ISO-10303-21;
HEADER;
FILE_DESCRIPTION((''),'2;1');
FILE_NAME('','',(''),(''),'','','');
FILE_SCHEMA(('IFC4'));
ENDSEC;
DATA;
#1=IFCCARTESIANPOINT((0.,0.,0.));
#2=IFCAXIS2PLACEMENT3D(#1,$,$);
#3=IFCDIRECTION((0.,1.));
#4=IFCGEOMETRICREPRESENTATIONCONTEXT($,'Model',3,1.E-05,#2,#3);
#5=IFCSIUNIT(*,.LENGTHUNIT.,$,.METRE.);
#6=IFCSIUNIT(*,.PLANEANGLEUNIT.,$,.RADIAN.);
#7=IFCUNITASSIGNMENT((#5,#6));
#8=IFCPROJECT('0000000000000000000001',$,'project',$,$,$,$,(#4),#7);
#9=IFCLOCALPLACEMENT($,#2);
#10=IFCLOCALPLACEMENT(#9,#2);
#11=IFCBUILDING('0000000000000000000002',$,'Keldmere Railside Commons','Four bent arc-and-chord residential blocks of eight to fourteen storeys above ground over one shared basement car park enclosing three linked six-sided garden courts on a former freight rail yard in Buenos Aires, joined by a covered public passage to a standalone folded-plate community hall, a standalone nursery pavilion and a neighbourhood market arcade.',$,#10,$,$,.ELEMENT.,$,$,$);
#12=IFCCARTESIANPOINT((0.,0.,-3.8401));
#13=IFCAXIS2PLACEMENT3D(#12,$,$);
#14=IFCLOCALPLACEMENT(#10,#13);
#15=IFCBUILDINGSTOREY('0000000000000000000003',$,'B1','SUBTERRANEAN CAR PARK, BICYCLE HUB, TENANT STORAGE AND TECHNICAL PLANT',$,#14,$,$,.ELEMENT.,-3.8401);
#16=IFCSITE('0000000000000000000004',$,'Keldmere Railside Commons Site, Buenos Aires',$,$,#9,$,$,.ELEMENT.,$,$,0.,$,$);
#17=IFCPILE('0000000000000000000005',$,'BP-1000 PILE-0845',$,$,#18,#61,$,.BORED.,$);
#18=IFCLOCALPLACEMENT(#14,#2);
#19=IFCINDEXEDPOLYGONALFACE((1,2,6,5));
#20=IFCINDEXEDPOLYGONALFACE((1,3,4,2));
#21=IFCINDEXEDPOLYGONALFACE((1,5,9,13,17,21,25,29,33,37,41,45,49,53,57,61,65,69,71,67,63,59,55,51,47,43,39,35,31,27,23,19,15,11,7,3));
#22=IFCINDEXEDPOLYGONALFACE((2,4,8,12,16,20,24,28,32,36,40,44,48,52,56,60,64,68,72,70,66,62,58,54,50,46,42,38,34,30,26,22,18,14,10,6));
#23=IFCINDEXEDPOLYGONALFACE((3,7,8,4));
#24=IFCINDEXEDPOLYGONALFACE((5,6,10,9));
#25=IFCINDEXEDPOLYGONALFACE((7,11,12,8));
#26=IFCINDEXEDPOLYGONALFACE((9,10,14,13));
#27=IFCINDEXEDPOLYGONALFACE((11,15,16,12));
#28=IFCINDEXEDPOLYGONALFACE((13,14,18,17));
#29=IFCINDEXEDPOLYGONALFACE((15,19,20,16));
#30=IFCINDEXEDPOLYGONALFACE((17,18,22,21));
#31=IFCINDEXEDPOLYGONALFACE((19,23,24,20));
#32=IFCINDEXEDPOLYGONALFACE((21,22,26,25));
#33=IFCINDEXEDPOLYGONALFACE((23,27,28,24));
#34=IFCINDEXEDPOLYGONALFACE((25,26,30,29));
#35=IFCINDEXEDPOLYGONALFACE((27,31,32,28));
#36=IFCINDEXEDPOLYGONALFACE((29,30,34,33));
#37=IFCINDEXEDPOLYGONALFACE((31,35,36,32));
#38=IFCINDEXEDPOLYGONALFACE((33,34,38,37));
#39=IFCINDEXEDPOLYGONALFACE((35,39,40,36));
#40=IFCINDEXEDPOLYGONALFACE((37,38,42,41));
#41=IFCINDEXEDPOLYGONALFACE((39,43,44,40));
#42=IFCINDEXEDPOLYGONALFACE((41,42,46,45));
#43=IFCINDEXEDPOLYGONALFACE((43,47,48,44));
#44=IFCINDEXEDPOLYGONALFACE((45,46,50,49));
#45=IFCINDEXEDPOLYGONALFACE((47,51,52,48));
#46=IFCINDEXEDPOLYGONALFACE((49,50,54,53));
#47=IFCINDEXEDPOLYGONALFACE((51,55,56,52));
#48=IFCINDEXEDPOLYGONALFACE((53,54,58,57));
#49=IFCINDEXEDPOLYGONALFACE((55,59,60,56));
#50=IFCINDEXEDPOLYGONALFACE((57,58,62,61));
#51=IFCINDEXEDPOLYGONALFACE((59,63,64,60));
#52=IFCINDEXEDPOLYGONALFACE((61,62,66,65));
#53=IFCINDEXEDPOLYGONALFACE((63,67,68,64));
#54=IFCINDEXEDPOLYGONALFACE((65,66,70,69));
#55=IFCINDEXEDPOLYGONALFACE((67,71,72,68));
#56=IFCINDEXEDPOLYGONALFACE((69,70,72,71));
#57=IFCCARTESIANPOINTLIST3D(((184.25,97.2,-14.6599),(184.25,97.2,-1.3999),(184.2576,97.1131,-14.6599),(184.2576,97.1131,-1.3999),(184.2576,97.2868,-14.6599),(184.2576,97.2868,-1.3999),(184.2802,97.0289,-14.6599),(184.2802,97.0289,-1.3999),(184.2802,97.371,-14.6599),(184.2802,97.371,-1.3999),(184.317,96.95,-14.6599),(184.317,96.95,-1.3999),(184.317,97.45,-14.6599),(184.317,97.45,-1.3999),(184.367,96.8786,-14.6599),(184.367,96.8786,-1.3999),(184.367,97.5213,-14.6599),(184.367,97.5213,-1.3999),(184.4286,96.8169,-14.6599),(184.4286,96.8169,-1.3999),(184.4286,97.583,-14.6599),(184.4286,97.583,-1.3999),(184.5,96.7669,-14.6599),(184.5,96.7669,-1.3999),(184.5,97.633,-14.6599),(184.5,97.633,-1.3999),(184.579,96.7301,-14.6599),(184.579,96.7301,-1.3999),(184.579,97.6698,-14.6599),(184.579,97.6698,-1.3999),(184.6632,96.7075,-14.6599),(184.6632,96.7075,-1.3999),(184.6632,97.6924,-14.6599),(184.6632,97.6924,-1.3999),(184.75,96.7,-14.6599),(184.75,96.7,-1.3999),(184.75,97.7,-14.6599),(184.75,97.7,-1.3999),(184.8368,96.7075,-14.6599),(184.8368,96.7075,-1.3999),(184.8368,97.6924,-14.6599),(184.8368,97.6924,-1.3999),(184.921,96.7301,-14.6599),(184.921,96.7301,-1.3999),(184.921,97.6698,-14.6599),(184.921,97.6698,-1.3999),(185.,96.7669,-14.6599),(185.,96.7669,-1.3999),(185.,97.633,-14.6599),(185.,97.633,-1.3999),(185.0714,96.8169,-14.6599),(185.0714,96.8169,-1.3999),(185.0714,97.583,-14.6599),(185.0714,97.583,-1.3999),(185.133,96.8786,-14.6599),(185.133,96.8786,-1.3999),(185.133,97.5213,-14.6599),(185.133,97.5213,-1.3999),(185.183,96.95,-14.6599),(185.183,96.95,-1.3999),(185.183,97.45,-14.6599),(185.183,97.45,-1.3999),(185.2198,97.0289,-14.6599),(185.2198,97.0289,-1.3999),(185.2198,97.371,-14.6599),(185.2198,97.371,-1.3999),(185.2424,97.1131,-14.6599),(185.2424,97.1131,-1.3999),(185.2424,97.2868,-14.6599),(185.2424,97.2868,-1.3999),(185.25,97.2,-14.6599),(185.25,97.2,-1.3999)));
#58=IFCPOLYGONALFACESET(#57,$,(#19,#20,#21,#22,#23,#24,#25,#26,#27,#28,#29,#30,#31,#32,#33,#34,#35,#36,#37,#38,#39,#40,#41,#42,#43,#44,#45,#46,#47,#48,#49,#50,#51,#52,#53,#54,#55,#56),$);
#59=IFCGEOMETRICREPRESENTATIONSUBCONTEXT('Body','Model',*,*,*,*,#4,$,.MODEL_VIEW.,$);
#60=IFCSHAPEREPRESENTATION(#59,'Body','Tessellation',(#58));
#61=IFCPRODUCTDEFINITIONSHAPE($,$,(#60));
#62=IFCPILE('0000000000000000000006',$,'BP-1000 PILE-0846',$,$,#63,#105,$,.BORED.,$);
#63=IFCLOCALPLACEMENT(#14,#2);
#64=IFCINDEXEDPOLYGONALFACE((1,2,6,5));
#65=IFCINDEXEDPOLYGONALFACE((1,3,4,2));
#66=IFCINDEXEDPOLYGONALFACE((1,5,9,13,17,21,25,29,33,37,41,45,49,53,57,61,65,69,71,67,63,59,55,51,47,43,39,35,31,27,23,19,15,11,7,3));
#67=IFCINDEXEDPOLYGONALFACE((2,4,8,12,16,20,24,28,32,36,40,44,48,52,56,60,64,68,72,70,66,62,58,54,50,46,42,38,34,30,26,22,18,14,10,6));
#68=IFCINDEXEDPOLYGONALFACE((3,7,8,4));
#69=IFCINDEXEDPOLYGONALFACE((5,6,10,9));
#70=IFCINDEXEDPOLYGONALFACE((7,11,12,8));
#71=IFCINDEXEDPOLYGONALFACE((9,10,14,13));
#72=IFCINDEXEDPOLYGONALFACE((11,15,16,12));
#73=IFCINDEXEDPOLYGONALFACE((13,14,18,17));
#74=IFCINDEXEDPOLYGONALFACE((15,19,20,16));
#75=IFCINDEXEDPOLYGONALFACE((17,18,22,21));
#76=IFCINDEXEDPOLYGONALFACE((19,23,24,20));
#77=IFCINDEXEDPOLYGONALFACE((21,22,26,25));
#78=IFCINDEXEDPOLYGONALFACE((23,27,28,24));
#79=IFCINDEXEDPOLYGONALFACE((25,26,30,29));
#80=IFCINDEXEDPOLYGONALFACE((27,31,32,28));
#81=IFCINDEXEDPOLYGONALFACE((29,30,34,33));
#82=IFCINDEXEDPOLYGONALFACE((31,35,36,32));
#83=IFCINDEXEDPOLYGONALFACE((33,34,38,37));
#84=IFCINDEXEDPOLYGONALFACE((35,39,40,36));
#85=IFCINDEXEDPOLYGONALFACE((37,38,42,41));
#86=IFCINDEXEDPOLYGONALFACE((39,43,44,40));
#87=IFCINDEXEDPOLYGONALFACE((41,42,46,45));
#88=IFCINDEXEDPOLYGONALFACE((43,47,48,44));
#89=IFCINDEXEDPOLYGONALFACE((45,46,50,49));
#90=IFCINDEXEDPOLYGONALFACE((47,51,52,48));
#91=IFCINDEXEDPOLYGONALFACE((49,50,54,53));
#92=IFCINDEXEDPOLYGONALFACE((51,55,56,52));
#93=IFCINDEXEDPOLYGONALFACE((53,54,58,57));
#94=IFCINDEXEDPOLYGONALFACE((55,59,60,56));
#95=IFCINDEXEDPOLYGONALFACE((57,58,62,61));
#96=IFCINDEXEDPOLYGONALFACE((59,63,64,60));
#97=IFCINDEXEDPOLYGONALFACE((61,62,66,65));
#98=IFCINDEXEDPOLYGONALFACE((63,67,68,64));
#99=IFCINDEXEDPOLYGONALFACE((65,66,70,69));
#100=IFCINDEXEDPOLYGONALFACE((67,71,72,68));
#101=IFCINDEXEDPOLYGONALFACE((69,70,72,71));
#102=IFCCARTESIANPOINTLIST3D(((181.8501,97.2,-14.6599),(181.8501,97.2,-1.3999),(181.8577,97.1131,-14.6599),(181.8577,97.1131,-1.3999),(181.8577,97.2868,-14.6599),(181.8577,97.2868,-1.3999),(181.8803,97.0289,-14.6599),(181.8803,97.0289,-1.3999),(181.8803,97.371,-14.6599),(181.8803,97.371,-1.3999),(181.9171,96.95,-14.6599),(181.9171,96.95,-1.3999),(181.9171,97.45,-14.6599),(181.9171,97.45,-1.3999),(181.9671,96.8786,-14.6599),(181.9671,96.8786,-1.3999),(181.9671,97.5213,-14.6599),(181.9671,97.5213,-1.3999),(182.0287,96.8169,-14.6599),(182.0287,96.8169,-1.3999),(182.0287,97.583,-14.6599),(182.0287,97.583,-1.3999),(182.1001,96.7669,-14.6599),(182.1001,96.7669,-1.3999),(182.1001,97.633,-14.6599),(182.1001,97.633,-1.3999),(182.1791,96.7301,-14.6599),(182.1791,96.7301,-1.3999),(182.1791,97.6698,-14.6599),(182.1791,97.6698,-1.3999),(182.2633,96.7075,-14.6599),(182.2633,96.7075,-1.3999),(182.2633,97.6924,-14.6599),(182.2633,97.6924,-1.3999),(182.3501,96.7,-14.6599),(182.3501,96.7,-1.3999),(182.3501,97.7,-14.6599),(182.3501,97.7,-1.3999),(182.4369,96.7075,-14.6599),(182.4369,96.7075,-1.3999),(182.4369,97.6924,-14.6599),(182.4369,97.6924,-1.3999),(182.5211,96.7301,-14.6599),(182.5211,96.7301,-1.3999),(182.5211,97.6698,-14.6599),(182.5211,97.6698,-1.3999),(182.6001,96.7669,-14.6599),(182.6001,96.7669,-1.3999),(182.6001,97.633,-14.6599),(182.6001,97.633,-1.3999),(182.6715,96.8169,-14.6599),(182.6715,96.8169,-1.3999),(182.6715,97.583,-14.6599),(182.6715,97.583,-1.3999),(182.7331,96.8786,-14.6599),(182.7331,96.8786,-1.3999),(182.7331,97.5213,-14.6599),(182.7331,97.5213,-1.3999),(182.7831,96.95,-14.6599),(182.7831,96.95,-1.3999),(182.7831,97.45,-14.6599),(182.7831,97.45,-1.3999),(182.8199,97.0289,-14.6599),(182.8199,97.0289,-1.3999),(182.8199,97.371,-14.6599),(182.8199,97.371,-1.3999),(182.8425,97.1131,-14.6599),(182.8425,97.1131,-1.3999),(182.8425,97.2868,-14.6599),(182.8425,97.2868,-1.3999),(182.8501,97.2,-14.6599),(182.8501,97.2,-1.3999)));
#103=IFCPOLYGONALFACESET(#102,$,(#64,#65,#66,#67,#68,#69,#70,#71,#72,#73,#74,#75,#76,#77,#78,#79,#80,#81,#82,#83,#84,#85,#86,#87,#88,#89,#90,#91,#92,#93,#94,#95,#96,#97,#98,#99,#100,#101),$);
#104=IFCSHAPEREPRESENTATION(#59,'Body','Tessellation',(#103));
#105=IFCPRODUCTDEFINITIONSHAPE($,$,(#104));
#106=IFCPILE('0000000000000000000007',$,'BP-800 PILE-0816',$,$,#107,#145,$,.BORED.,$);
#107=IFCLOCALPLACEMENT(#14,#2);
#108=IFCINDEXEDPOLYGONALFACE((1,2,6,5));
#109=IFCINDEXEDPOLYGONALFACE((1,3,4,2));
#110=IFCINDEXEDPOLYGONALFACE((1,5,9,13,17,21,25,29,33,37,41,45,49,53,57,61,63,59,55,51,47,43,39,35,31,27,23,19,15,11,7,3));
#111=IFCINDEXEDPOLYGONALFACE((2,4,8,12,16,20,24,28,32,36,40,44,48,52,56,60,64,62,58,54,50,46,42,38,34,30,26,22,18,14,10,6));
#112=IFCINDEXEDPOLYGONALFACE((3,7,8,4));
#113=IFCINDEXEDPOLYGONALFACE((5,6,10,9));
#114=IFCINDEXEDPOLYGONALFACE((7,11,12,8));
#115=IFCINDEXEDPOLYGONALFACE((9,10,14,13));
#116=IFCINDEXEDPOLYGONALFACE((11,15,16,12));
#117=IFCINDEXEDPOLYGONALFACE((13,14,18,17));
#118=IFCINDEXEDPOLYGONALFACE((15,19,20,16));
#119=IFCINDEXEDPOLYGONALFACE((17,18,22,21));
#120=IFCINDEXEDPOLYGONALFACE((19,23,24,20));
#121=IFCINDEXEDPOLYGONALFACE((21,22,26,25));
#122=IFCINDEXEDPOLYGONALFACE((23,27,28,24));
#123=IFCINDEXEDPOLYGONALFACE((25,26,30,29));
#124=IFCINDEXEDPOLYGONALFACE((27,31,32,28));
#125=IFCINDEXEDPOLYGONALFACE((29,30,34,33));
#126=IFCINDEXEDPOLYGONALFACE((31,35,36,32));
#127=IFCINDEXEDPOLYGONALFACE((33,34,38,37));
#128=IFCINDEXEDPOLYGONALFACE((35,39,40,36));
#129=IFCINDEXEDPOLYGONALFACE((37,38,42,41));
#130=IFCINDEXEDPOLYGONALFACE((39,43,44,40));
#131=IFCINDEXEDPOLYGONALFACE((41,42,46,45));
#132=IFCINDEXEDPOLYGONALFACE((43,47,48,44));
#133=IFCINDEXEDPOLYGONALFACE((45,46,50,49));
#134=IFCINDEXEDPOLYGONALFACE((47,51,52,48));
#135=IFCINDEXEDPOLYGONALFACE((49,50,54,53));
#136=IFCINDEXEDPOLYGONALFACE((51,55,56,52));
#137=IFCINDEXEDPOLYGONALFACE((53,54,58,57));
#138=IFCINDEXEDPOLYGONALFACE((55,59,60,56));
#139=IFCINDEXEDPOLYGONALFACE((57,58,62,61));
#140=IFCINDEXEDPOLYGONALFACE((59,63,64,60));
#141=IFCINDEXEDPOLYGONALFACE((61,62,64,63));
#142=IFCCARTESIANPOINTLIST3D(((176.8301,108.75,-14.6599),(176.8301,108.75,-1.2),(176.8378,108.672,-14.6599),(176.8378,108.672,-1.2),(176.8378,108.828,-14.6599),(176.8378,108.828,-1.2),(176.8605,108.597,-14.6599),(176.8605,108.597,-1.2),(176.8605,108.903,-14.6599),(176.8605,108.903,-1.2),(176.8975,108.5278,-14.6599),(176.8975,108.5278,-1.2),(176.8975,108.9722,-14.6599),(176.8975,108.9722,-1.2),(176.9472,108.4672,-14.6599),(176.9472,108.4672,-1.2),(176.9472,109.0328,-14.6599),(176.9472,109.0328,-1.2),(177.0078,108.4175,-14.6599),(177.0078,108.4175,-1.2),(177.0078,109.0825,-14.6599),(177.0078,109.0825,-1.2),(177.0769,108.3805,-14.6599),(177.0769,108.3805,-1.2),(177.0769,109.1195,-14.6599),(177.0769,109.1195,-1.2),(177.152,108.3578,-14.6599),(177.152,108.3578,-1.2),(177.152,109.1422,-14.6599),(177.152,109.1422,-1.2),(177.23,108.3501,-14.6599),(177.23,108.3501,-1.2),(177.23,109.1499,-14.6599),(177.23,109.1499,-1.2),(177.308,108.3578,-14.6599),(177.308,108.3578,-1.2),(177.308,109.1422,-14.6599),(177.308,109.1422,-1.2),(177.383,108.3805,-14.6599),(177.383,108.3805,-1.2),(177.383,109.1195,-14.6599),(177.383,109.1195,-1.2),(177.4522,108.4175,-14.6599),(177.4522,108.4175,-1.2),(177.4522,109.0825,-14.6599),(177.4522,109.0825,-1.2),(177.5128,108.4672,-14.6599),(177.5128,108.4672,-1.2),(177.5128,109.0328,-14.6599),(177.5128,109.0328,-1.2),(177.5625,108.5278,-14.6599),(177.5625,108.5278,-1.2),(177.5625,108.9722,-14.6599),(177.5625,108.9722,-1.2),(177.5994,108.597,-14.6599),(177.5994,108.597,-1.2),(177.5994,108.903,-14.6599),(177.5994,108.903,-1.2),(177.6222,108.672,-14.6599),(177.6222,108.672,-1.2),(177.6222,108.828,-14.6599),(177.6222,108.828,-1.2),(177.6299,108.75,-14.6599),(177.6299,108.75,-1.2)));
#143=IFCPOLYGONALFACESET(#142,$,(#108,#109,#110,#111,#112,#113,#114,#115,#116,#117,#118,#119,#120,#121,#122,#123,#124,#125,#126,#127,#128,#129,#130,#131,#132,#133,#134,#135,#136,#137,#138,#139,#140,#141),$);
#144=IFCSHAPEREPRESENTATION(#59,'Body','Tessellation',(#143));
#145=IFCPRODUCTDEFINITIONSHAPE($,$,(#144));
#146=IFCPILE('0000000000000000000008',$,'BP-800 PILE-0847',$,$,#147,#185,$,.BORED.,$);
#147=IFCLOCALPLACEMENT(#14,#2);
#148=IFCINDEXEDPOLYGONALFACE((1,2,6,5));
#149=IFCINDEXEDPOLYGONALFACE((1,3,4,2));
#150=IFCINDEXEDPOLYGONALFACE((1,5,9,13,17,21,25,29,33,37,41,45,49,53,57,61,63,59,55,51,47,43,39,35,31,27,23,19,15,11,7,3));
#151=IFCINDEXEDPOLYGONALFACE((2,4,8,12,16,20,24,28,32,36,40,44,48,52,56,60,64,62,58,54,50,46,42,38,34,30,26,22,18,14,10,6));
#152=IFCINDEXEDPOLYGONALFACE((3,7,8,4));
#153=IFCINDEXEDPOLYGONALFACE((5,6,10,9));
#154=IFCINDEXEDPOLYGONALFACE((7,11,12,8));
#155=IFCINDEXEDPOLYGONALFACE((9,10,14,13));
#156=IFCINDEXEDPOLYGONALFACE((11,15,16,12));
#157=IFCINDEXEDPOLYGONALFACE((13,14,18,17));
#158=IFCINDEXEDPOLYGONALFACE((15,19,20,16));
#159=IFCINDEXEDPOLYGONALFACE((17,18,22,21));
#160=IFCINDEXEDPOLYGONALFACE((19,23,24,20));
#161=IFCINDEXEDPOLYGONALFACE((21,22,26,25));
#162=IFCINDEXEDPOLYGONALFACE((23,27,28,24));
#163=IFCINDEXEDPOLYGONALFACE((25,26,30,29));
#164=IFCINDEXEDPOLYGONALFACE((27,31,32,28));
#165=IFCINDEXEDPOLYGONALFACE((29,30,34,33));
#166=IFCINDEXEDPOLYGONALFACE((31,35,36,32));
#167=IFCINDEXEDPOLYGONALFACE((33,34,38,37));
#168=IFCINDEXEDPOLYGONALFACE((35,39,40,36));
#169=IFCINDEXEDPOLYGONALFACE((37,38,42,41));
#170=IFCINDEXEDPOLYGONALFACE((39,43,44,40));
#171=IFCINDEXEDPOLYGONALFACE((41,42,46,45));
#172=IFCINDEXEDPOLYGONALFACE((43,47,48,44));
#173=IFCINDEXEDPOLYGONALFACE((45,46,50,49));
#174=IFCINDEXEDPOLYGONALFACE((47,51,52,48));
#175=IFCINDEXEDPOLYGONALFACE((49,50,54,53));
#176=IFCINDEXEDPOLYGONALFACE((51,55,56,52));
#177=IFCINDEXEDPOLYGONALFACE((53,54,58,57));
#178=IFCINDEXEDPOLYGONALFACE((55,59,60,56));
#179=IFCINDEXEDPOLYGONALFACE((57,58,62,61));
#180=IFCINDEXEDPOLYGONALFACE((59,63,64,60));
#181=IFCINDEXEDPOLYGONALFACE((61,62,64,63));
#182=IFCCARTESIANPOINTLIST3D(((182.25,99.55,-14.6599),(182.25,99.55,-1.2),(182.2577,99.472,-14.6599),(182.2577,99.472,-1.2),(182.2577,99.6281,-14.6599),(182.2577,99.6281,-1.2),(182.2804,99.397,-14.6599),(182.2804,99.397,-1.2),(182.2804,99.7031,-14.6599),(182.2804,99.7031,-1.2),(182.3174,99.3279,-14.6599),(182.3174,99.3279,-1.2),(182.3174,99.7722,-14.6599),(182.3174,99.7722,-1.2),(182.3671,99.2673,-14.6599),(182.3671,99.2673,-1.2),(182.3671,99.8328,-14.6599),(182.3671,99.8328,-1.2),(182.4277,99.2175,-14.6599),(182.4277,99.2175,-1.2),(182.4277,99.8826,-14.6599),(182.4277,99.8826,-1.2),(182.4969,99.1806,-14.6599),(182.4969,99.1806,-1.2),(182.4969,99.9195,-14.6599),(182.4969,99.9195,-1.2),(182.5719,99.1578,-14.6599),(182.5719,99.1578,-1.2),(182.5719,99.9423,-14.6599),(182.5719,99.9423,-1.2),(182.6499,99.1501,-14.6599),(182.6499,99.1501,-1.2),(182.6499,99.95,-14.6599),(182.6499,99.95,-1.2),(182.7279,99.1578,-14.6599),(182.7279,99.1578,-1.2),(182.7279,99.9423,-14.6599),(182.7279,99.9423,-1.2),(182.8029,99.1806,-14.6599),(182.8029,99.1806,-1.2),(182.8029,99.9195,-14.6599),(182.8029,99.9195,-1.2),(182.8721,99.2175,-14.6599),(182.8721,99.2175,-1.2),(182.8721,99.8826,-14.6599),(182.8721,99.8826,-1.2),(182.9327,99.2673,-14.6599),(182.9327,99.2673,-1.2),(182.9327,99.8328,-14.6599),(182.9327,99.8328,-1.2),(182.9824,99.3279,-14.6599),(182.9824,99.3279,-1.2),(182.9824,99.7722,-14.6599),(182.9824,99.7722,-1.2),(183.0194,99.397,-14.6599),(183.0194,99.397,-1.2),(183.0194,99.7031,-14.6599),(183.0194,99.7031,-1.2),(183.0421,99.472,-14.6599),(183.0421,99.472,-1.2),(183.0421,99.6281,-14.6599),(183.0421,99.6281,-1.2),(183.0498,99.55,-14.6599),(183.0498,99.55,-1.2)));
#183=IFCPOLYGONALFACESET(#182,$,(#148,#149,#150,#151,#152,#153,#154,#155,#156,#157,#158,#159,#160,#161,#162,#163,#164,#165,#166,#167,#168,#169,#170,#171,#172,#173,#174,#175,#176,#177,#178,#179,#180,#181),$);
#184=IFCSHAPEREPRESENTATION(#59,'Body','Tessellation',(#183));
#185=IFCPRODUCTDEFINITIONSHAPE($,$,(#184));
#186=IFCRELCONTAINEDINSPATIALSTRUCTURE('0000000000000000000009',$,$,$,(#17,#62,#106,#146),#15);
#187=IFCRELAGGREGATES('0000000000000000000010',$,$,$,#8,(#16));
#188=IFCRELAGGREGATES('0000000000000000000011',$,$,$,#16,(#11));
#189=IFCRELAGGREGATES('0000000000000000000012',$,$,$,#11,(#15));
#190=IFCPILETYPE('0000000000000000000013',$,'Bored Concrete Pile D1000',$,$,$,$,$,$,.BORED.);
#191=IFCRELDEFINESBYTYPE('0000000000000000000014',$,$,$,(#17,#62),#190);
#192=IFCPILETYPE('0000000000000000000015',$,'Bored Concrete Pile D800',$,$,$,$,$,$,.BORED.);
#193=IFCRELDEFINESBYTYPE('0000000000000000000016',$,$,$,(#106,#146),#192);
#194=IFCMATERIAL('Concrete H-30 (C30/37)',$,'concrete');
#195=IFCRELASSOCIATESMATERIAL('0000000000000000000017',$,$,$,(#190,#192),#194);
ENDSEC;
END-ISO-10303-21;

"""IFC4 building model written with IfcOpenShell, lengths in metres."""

from ifc_helpers import new_model, si_unit, direction, frame, origin, origin_2d, place, context, subcontext, project, spatial, circle, extrude, material, material_profile, profile_set, type_object, element, save


model = new_model("IFC4")

# Units and contexts
model_context = context("Model", 3, precision=1e-05, world=origin(), true_north=direction((0.0, 1.0)))
body_context = subcontext(model_context, "Body", "Model", "MODEL_VIEW")
ifc_project = project(units=[si_unit("LENGTHUNIT", "METRE"), si_unit("PLANEANGLEUNIT", "RADIAN")], contexts=[model_context])

# Site, building, storey
site_placement = place(None, origin())
site = spatial("IfcSite", under=ifc_project, at=site_placement, Name="Keldmere Railside Commons Site, Buenos Aires", CompositionType="ELEMENT", RefElevation=0.0)
building_placement = place(site_placement, origin())
building = spatial("IfcBuilding", under=site, at=building_placement, Name="Keldmere Railside Commons", Description="Four bent arc-and-chord residential blocks of eight to fourteen storeys above ground over one shared basement car park enclosing three linked six-sided garden courts on a former freight rail yard in Buenos Aires, joined by a covered public passage to a standalone folded-plate community hall, a standalone nursery pavilion and a neighbourhood market arcade.", CompositionType="ELEMENT")
storey_placement = place(building_placement, frame((0.0, 0.0, -3.8401)))
storey = spatial("IfcBuildingStorey", under=building, at=storey_placement, Name="B1", Description="SUBTERRANEAN CAR PARK, BICYCLE HUB, TENANT STORAGE AND TECHNICAL PLANT", CompositionType="ELEMENT", Elevation=-3.8401)

# Piles
ifc_material_1 = material(Name="Concrete H-30 (C30/37)", Category="concrete")
ifc_material_profile_1 = material_profile(ifc_material_1, circle(Radius=0.5, at=origin_2d()), Name="PILE-D1000")
ifc_profile_set_1 = profile_set([ifc_material_profile_1], Name="Concrete H-30 (C30/37)")
pile_type_1 = type_object("IfcPileType", Name="Bored Concrete Pile D1000", PredefinedType="BORED", material=ifc_profile_set_1)
for number, where, z_axis, x_axis, name in (
    (1, (184.75, 97.2, -1.3999), (0.0, 0.0, -1.0), (1.0, 0.0, 0.0), "BP-1000 PILE-0845"),
    (2, (182.3501, 97.2, -1.3999), (0.0, 0.0, -1.0), (1.0, 0.0, 0.0), "BP-1000 PILE-0846"),
):
    element("IfcPile", number, at=place(storey_placement, frame(where, z_axis=z_axis, x_axis=x_axis)), inside=storey, type_object=pile_type_1, Name=name, PredefinedType="BORED", context=body_context, shape_type="SweptSolid", body=[
        extrude(circle(Radius=0.5, at=origin_2d()), origin(), (0.0, 0.0, 1.0), 13.26),
    ])
ifc_material_profile_2 = material_profile(ifc_material_1, circle(Radius=0.3999, at=origin_2d()), Name="PILE-D800")
ifc_profile_set_2 = profile_set([ifc_material_profile_2], Name="Concrete H-30 (C30/37)")
pile_type_2 = type_object("IfcPileType", Name="Bored Concrete Pile D800", PredefinedType="BORED", material=ifc_profile_set_2)
for number, where, z_axis, x_axis, name in (
    (3, (177.23, 108.75, -1.2), (0.0, 0.0, -1.0), (1.0, 0.0, 0.0), "BP-800 PILE-0816"),
    (4, (182.6499, 99.55, -1.2), (0.0, 0.0, -1.0), (1.0, 0.0, 0.0), "BP-800 PILE-0847"),
):
    element("IfcPile", number, at=place(storey_placement, frame(where, z_axis=z_axis, x_axis=x_axis)), inside=storey, type_object=pile_type_2, Name=name, PredefinedType="BORED", context=body_context, shape_type="SweptSolid", body=[
        extrude(circle(Radius=0.3999, at=origin_2d()), origin(), (0.0, 0.0, 1.0), 13.46),
    ])

save(model, "model.ifc")
